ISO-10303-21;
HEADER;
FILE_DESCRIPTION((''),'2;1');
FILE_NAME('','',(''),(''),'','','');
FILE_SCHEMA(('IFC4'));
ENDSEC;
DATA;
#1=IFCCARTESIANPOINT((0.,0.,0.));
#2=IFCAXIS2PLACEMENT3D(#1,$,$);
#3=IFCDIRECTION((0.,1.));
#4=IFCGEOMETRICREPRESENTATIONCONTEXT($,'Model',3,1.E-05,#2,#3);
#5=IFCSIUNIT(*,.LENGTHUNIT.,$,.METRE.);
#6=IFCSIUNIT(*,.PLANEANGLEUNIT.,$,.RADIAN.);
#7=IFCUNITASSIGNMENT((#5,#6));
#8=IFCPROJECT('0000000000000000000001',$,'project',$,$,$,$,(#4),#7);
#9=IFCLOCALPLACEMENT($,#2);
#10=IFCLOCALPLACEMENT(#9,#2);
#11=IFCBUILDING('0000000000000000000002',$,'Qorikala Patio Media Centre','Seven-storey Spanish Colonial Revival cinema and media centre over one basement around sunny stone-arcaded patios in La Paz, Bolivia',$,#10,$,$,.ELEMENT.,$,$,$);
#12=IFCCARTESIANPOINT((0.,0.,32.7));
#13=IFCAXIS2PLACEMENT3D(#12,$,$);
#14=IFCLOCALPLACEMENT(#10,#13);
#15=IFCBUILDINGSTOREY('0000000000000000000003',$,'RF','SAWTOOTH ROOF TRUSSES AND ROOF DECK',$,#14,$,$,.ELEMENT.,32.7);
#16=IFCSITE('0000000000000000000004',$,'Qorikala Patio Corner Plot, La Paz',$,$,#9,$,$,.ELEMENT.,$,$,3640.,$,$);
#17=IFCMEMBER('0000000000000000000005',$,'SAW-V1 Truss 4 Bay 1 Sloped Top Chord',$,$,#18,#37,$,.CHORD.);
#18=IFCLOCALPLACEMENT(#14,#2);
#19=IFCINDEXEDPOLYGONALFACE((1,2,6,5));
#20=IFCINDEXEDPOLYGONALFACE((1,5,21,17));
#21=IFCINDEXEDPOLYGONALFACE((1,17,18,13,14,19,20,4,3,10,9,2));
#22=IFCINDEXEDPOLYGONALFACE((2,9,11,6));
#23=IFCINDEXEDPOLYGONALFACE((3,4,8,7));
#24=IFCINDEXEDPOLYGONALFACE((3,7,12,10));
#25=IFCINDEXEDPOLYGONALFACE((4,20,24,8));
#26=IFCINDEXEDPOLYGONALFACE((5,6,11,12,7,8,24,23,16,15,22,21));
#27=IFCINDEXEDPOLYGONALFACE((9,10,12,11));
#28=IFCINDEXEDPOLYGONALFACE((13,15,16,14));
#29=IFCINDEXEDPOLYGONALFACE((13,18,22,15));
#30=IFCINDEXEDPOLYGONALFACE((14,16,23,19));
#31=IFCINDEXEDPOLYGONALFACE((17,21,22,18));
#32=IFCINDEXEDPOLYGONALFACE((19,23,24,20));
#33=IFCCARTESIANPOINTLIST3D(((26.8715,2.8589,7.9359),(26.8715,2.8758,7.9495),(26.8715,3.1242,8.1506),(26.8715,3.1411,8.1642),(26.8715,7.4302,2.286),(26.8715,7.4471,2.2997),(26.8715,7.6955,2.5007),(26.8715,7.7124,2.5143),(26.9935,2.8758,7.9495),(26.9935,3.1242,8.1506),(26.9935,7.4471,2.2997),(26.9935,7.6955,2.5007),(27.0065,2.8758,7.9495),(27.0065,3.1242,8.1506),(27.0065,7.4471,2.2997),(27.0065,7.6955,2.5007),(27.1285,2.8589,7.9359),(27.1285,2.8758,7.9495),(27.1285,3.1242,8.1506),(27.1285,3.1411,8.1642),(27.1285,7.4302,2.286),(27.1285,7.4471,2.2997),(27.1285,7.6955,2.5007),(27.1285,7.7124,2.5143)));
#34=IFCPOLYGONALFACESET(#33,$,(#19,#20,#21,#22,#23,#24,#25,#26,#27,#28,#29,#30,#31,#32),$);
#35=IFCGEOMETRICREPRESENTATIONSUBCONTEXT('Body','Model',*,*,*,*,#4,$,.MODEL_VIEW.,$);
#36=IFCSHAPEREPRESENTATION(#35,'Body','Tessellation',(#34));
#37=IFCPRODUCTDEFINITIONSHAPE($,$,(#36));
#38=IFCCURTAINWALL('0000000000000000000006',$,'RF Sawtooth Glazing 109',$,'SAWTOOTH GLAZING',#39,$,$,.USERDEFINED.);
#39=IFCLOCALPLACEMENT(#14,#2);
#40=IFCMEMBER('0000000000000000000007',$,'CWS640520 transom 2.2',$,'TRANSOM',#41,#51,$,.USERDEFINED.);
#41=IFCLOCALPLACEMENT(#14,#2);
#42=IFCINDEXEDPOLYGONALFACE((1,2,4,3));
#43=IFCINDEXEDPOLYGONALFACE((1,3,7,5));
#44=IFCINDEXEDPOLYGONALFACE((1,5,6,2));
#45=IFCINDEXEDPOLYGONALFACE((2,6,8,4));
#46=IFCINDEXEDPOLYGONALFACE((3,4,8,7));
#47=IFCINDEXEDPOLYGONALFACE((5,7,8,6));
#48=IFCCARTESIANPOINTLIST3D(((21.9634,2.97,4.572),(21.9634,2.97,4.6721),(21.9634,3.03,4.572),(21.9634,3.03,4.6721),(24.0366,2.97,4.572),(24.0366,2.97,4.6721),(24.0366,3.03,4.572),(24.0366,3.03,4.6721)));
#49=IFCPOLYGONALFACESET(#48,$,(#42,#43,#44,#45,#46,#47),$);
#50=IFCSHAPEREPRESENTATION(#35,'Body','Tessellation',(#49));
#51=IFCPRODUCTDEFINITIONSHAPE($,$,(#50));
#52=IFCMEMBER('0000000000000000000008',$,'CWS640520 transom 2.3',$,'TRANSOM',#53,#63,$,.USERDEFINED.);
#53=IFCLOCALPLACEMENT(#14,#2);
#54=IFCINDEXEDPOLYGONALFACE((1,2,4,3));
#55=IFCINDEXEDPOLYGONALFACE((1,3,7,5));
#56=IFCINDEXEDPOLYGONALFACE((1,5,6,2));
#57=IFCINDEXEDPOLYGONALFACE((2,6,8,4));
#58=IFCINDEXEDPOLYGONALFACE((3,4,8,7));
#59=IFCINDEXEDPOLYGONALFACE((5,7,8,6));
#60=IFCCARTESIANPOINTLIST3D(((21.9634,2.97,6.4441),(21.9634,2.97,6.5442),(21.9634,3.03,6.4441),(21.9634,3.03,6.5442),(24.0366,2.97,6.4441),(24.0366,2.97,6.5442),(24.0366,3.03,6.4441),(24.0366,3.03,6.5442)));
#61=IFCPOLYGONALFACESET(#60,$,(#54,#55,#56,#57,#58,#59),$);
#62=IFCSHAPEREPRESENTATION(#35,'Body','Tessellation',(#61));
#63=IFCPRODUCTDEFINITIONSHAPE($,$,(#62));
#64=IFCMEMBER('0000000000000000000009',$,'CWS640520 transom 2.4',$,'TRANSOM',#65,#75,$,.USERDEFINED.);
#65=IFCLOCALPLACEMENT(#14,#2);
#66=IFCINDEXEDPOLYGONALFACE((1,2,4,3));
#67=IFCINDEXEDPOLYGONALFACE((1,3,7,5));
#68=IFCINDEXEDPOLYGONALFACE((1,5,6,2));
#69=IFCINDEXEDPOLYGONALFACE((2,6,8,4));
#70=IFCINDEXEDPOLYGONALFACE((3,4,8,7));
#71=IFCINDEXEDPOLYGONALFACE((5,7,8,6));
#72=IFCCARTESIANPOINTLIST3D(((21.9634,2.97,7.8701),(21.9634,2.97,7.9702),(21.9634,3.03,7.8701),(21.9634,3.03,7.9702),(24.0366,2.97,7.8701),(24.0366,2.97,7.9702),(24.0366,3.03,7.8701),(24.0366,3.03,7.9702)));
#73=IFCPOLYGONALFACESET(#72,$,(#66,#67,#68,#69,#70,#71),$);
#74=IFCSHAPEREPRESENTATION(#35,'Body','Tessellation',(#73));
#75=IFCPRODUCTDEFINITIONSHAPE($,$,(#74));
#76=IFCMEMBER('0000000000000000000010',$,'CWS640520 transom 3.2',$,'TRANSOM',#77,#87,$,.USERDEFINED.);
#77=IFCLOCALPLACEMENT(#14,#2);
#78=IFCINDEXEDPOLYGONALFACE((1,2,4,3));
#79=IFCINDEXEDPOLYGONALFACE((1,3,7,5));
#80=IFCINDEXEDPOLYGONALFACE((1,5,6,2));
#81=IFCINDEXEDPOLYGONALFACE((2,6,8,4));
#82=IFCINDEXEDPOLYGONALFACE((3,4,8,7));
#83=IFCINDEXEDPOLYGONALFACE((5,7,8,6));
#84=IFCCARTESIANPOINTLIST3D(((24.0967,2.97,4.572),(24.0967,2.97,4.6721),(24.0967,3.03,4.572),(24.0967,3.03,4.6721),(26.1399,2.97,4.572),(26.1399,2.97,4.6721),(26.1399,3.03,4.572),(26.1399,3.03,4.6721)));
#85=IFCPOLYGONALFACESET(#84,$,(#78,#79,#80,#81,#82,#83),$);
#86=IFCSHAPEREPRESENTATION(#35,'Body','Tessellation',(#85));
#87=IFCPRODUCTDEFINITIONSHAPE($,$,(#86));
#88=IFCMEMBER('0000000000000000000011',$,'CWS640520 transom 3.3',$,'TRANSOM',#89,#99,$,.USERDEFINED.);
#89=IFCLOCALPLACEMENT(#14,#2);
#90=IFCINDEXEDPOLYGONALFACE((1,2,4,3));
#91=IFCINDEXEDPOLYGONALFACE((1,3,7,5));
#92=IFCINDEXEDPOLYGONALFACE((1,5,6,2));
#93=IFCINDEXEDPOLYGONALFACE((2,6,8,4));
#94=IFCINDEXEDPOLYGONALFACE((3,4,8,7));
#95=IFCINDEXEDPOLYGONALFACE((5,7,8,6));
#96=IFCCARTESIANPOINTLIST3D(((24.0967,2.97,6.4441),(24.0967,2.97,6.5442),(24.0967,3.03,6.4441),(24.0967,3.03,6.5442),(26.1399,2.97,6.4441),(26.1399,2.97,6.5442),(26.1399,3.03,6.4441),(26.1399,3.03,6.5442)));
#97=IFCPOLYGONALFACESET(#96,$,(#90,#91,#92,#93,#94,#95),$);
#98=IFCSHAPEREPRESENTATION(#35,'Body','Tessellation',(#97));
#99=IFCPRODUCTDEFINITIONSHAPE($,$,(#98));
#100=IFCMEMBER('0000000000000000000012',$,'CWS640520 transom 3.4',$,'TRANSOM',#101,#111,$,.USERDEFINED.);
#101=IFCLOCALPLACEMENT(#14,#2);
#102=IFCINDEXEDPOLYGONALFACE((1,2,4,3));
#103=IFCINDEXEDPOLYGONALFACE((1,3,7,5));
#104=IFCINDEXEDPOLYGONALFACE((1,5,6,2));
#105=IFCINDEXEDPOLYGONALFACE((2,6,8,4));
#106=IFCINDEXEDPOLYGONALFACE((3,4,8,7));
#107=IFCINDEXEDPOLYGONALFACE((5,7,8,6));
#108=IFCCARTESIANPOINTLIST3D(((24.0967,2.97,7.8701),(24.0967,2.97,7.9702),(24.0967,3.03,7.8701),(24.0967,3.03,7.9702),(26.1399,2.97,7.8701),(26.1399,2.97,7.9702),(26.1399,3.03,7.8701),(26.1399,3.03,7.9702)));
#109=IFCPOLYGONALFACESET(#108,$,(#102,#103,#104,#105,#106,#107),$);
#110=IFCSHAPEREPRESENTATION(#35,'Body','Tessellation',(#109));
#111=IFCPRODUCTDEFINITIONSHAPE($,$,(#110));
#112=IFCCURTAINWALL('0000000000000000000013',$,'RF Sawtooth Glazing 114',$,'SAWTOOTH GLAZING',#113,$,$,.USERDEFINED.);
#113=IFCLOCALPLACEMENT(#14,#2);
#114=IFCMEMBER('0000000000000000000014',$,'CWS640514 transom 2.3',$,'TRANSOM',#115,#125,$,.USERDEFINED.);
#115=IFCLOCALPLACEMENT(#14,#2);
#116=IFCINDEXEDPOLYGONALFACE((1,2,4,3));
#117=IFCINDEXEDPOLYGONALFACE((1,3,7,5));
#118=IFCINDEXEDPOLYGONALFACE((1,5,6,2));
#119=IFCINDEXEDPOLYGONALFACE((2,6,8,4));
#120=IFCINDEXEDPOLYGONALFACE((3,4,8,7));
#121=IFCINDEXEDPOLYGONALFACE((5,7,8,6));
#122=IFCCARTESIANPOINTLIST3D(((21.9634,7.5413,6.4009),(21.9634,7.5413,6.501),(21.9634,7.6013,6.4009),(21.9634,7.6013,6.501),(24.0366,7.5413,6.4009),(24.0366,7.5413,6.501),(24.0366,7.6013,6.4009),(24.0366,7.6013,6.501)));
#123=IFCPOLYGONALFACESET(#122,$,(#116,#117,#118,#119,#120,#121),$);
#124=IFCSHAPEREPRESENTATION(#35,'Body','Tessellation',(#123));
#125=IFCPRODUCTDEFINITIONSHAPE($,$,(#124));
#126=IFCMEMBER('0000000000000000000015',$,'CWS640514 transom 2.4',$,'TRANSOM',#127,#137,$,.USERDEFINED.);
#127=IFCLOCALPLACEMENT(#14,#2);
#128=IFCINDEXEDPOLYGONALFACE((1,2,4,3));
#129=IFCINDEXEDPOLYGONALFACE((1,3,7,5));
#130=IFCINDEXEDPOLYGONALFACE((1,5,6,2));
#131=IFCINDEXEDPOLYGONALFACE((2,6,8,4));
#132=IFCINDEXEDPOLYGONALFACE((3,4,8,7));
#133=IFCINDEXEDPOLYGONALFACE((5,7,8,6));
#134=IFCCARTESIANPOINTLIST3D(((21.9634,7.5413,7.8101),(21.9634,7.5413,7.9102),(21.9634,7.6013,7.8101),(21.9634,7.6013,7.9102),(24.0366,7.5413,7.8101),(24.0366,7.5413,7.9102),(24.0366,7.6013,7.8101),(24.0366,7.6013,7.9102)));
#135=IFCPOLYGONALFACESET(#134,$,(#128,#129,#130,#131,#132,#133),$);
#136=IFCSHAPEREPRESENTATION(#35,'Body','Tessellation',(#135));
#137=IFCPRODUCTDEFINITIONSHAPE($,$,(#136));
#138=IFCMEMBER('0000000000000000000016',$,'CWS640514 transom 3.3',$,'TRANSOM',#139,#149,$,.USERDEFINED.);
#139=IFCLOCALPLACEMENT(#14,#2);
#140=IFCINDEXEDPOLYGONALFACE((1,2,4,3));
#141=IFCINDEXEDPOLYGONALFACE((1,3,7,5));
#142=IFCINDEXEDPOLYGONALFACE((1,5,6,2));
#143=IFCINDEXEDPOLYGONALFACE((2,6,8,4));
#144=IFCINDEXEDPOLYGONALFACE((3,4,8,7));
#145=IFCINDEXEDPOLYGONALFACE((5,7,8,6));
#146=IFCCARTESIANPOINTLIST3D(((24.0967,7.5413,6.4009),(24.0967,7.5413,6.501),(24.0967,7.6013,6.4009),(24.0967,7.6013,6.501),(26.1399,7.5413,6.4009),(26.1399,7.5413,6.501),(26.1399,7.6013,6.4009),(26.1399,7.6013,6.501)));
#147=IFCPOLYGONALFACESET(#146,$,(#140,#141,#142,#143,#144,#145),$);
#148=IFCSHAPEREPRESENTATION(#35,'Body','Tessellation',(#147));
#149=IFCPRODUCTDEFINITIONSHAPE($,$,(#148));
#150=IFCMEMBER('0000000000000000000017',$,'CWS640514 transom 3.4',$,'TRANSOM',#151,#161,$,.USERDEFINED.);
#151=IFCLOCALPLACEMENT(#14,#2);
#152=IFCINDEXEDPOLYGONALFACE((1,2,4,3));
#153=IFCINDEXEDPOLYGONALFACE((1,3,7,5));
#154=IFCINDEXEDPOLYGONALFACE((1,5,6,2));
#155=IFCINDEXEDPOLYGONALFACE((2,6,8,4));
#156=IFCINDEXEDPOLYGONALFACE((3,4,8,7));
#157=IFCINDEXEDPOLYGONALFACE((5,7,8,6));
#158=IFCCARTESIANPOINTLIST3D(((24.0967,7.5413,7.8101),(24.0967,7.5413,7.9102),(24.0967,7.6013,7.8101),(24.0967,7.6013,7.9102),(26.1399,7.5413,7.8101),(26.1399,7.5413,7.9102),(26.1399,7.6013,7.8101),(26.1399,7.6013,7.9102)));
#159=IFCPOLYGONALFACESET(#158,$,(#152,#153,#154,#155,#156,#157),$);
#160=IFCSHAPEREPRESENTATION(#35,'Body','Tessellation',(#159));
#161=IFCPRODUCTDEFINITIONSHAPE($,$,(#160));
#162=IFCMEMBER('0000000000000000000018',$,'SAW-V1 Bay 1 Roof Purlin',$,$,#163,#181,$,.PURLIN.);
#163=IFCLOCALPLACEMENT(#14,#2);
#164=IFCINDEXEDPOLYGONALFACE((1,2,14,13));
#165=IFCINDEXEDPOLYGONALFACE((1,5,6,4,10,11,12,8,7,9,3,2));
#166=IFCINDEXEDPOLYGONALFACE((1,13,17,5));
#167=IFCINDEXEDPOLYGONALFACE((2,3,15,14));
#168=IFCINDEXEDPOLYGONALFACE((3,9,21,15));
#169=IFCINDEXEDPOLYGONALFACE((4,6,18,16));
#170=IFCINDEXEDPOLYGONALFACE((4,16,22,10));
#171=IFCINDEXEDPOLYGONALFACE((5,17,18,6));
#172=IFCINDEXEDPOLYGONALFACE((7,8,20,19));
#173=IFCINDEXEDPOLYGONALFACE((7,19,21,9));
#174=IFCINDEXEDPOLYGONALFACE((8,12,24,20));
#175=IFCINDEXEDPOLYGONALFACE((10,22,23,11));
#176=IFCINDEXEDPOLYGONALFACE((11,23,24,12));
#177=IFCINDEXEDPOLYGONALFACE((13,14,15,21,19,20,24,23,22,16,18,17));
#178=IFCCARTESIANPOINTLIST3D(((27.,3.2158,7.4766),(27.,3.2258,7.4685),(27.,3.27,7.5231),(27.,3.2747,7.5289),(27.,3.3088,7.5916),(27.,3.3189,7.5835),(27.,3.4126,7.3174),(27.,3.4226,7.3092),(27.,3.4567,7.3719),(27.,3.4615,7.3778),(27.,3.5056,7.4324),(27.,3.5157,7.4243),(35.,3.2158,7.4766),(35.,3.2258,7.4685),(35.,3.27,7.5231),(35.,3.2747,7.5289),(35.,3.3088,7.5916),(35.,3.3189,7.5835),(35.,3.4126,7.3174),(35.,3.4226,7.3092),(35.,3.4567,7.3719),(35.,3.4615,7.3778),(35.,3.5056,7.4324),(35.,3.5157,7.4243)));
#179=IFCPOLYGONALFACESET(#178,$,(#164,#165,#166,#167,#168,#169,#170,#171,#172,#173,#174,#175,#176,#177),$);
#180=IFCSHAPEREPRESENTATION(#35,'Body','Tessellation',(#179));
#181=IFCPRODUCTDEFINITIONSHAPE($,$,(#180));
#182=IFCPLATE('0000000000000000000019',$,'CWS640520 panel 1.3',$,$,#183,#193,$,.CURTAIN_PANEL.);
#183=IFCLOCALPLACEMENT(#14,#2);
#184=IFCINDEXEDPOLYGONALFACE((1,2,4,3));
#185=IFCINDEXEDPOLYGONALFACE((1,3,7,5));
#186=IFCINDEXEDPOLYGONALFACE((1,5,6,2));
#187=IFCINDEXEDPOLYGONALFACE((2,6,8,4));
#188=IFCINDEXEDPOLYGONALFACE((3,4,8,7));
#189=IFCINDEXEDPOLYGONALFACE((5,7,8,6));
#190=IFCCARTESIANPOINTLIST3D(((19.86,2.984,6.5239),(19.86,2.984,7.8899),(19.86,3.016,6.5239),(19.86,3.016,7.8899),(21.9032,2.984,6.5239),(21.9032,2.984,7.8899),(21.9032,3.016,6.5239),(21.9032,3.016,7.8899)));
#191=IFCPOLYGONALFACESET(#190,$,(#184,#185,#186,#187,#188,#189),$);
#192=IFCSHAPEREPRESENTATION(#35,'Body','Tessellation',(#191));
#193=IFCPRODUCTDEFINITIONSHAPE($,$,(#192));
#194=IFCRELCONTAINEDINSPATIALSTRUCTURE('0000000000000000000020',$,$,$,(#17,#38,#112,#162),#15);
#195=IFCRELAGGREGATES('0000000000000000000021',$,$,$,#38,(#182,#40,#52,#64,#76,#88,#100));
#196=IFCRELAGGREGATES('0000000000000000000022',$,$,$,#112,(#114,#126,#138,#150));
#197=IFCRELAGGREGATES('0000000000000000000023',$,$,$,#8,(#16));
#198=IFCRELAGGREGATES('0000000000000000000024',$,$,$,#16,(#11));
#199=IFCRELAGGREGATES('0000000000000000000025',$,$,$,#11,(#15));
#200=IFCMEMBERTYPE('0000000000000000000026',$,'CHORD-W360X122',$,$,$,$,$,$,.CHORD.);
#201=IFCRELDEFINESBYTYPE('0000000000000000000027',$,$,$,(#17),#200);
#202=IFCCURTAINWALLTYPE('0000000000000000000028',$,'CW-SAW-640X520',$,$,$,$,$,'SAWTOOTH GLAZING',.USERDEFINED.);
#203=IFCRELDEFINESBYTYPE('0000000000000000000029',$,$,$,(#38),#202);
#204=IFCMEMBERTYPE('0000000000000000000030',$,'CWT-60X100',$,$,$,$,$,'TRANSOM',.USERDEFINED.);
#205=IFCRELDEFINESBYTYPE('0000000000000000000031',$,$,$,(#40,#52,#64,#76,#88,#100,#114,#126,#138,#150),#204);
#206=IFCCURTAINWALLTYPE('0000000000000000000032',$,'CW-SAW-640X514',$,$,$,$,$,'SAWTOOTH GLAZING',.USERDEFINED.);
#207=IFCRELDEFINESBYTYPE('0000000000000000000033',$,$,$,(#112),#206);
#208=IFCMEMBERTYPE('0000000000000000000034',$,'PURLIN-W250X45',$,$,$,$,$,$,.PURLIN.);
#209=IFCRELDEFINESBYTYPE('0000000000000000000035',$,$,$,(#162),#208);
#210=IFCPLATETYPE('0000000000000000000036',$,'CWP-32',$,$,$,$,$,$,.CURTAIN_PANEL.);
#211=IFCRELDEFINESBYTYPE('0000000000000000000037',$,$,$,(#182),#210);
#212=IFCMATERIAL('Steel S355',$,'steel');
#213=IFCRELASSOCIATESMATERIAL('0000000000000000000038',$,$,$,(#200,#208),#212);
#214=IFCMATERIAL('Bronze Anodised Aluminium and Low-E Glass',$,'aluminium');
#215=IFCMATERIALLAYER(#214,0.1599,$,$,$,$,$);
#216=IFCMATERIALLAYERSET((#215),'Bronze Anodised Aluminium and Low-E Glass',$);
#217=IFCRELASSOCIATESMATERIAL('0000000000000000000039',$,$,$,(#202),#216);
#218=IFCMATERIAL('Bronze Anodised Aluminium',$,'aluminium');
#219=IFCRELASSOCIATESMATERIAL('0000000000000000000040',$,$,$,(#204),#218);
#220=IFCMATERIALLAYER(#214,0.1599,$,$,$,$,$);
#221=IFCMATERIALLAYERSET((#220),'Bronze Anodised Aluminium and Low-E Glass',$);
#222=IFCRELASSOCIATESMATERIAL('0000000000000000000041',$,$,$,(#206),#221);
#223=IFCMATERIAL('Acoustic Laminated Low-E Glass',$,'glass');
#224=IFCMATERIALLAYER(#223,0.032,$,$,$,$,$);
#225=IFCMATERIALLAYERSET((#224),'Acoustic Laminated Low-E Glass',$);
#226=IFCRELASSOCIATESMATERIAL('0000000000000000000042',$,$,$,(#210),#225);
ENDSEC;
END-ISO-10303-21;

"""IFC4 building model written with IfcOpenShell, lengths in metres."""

from ifc_helpers import new_model, si_unit, direction, frame, origin, origin_2d, place, context, subcontext, project, spatial, rectangle, i_section, extrude, material, layer, layer_set, material_profile, profile_set, type_object, element, aggregate, save


model = new_model("IFC4")

# Units and contexts
model_context = context("Model", 3, precision=1e-05, world=origin(), true_north=direction((0.0, 1.0)))
body_context = subcontext(model_context, "Body", "Model", "MODEL_VIEW")
ifc_project = project(units=[si_unit("LENGTHUNIT", "METRE"), si_unit("PLANEANGLEUNIT", "RADIAN")], contexts=[model_context])

# Site, building, storey
site_placement = place(None, origin())
site = spatial("IfcSite", under=ifc_project, at=site_placement, Name="Qorikala Patio Corner Plot, La Paz", CompositionType="ELEMENT", RefElevation=3640.0)
building_placement = place(site_placement, origin())
building = spatial("IfcBuilding", under=site, at=building_placement, Name="Qorikala Patio Media Centre", Description="Seven-storey Spanish Colonial Revival cinema and media centre over one basement around sunny stone-arcaded patios in La Paz, Bolivia", CompositionType="ELEMENT")
storey_placement = place(building_placement, frame((0.0, 0.0, 32.7)))
storey = spatial("IfcBuildingStorey", under=building, at=storey_placement, Name="RF", Description="SAWTOOTH ROOF TRUSSES AND ROOF DECK", CompositionType="ELEMENT", Elevation=32.7)

# Member
ifc_material_1 = material(Name="Steel S355", Category="steel")
ifc_material_profile_1 = material_profile(ifc_material_1, i_section(OverallWidth=0.2571, OverallDepth=0.363, WebThickness=0.0129, FlangeThickness=0.0217, at=origin_2d()), Name="W360X122")
ifc_profile_set_1 = profile_set([ifc_material_profile_1], Name="Steel S355")
member_type_1 = type_object("IfcMemberType", Name="CHORD-W360X122", PredefinedType="CHORD", material=ifc_profile_set_1)
member_1_placement = place(storey_placement, frame((27.0, 3.0, 8.05), z_axis=(0.0, 0.628995, -0.777409), x_axis=(-1.0, 0.0, 0.0)))
element("IfcMember", 1, at=member_1_placement, inside=storey, type_object=member_type_1, Name="SAW-V1 Truss 4 Bay 1 Sloped Top Chord", PredefinedType="CHORD", context=body_context, shape_type="SweptSolid", body=[
    extrude(i_section(OverallWidth=0.2571, OverallDepth=0.363, WebThickness=0.0129, FlangeThickness=0.0217, at=origin_2d()), origin(), (0.0, 0.0, 1.0), 7.2676),
])

# Curtain walls, members
ifc_material_2 = material(Name="Bronze Anodised Aluminium and Low-E Glass", Category="aluminium")
ifc_layer_1 = layer(ifc_material_2, 0.1599)
ifc_layer_set_1 = layer_set([ifc_layer_1], Name="Bronze Anodised Aluminium and Low-E Glass")
curtain_wall_type_1 = type_object("IfcCurtainWallType", Name="CW-SAW-640X520", ElementType="SAWTOOTH GLAZING", PredefinedType="USERDEFINED", material=ifc_layer_set_1)
curtain_wall_1_placement = place(storey_placement, origin())
curtain_wall_1 = element("IfcCurtainWall", 2, at=curtain_wall_1_placement, inside=storey, type_object=curtain_wall_type_1, Name="RF Sawtooth Glazing 109", ObjectType="SAWTOOTH GLAZING", PredefinedType="USERDEFINED")
ifc_material_3 = material(Name="Bronze Anodised Aluminium", Category="aluminium")
ifc_material_profile_2 = material_profile(ifc_material_3, rectangle(XDim=0.0601, YDim=0.1001, at=origin_2d()), Name="ALU TRANSOM 60x100")
ifc_profile_set_2 = profile_set([ifc_material_profile_2], Name="Bronze Anodised Aluminium")
member_type_2 = type_object("IfcMemberType", Name="CWT-60X100", ElementType="TRANSOM", PredefinedType="USERDEFINED", material=ifc_profile_set_2)
member_2_placement = place(storey_placement, frame((21.9634, 3.0, 4.6221), z_axis=(1.0, 0.0, 0.0), x_axis=(0.0, 1.0, 0.0)))
member_2 = element("IfcMember", 3, at=member_2_placement, type_object=member_type_2, Name="CWS640520 transom 2.2", ObjectType="TRANSOM", PredefinedType="USERDEFINED", context=body_context, shape_type="SweptSolid", body=[
    extrude(rectangle(XDim=0.0601, YDim=0.1001, at=origin_2d()), origin(), (0.0, 0.0, 1.0), 2.0732),
])
member_3_placement = place(storey_placement, frame((21.9634, 3.0, 6.4941), z_axis=(1.0, 0.0, 0.0), x_axis=(0.0, 1.0, 0.0)))
member_3 = element("IfcMember", 4, at=member_3_placement, type_object=member_type_2, Name="CWS640520 transom 2.3", ObjectType="TRANSOM", PredefinedType="USERDEFINED", context=body_context, shape_type="SweptSolid", body=[
    extrude(rectangle(XDim=0.0601, YDim=0.1001, at=origin_2d()), origin(), (0.0, 0.0, 1.0), 2.0732),
])
member_4_placement = place(storey_placement, frame((21.9634, 3.0, 7.9202), z_axis=(1.0, 0.0, 0.0), x_axis=(0.0, 1.0, 0.0)))
member_4 = element("IfcMember", 5, at=member_4_placement, type_object=member_type_2, Name="CWS640520 transom 2.4", ObjectType="TRANSOM", PredefinedType="USERDEFINED", context=body_context, shape_type="SweptSolid", body=[
    extrude(rectangle(XDim=0.0601, YDim=0.1001, at=origin_2d()), origin(), (0.0, 0.0, 1.0), 2.0732),
])
member_5_placement = place(storey_placement, frame((24.0967, 3.0, 4.6221), z_axis=(1.0, 0.0, 0.0), x_axis=(0.0, 1.0, 0.0)))
member_5 = element("IfcMember", 6, at=member_5_placement, type_object=member_type_2, Name="CWS640520 transom 3.2", ObjectType="TRANSOM", PredefinedType="USERDEFINED", context=body_context, shape_type="SweptSolid", body=[
    extrude(rectangle(XDim=0.0601, YDim=0.1001, at=origin_2d()), origin(), (0.0, 0.0, 1.0), 2.0432),
])
member_6_placement = place(storey_placement, frame((24.0967, 3.0, 6.4941), z_axis=(1.0, 0.0, 0.0), x_axis=(0.0, 1.0, 0.0)))
member_6 = element("IfcMember", 7, at=member_6_placement, type_object=member_type_2, Name="CWS640520 transom 3.3", ObjectType="TRANSOM", PredefinedType="USERDEFINED", context=body_context, shape_type="SweptSolid", body=[
    extrude(rectangle(XDim=0.0601, YDim=0.1001, at=origin_2d()), origin(), (0.0, 0.0, 1.0), 2.0432),
])
member_7_placement = place(storey_placement, frame((24.0967, 3.0, 7.9202), z_axis=(1.0, 0.0, 0.0), x_axis=(0.0, 1.0, 0.0)))
member_7 = element("IfcMember", 8, at=member_7_placement, type_object=member_type_2, Name="CWS640520 transom 3.4", ObjectType="TRANSOM", PredefinedType="USERDEFINED", context=body_context, shape_type="SweptSolid", body=[
    extrude(rectangle(XDim=0.0601, YDim=0.1001, at=origin_2d()), origin(), (0.0, 0.0, 1.0), 2.0432),
])
ifc_layer_2 = layer(ifc_material_2, 0.1599)
ifc_layer_set_2 = layer_set([ifc_layer_2], Name="Bronze Anodised Aluminium and Low-E Glass")
curtain_wall_type_2 = type_object("IfcCurtainWallType", Name="CW-SAW-640X514", ElementType="SAWTOOTH GLAZING", PredefinedType="USERDEFINED", material=ifc_layer_set_2)
curtain_wall_2_placement = place(storey_placement, origin())
curtain_wall_2 = element("IfcCurtainWall", 9, at=curtain_wall_2_placement, inside=storey, type_object=curtain_wall_type_2, Name="RF Sawtooth Glazing 114", ObjectType="SAWTOOTH GLAZING", PredefinedType="USERDEFINED")
member_8_placement = place(storey_placement, frame((21.9634, 7.5713, 6.4509), z_axis=(1.0, 0.0, 0.0), x_axis=(0.0, 1.0, 0.0)))
member_8 = element("IfcMember", 10, at=member_8_placement, type_object=member_type_2, Name="CWS640514 transom 2.3", ObjectType="TRANSOM", PredefinedType="USERDEFINED", context=body_context, shape_type="SweptSolid", body=[
    extrude(rectangle(XDim=0.0601, YDim=0.1001, at=origin_2d()), origin(), (0.0, 0.0, 1.0), 2.0732),
])
member_9_placement = place(storey_placement, frame((21.9634, 7.5713, 7.8601), z_axis=(1.0, 0.0, 0.0), x_axis=(0.0, 1.0, 0.0)))
member_9 = element("IfcMember", 11, at=member_9_placement, type_object=member_type_2, Name="CWS640514 transom 2.4", ObjectType="TRANSOM", PredefinedType="USERDEFINED", context=body_context, shape_type="SweptSolid", body=[
    extrude(rectangle(XDim=0.0601, YDim=0.1001, at=origin_2d()), origin(), (0.0, 0.0, 1.0), 2.0732),
])
member_10_placement = place(storey_placement, frame((24.0967, 7.5713, 6.4509), z_axis=(1.0, 0.0, 0.0), x_axis=(0.0, 1.0, 0.0)))
member_10 = element("IfcMember", 12, at=member_10_placement, type_object=member_type_2, Name="CWS640514 transom 3.3", ObjectType="TRANSOM", PredefinedType="USERDEFINED", context=body_context, shape_type="SweptSolid", body=[
    extrude(rectangle(XDim=0.0601, YDim=0.1001, at=origin_2d()), origin(), (0.0, 0.0, 1.0), 2.0432),
])
member_11_placement = place(storey_placement, frame((24.0967, 7.5713, 7.8601), z_axis=(1.0, 0.0, 0.0), x_axis=(0.0, 1.0, 0.0)))
member_11 = element("IfcMember", 13, at=member_11_placement, type_object=member_type_2, Name="CWS640514 transom 3.4", ObjectType="TRANSOM", PredefinedType="USERDEFINED", context=body_context, shape_type="SweptSolid", body=[
    extrude(rectangle(XDim=0.0601, YDim=0.1001, at=origin_2d()), origin(), (0.0, 0.0, 1.0), 2.0432),
])

# Member
ifc_material_profile_3 = material_profile(ifc_material_1, i_section(OverallWidth=0.1479, OverallDepth=0.2661, WebThickness=0.0076, FlangeThickness=0.0129, at=origin_2d()), Name="W250X45")
ifc_profile_set_3 = profile_set([ifc_material_profile_3], Name="Steel S355")
member_type_3 = type_object("IfcMemberType", Name="PURLIN-W250X45", PredefinedType="PURLIN", material=ifc_profile_set_3)
member_12_placement = place(storey_placement, frame((27.0, 3.3657, 7.4504), z_axis=(1.0, 0.0, 0.0), x_axis=(0.0, 0.628995, 0.77741)))
element("IfcMember", 14, at=member_12_placement, inside=storey, type_object=member_type_3, Name="SAW-V1 Bay 1 Roof Purlin", PredefinedType="PURLIN", context=body_context, shape_type="SweptSolid", body=[
    extrude(i_section(OverallWidth=0.1479, OverallDepth=0.2661, WebThickness=0.0076, FlangeThickness=0.0129, at=origin_2d()), origin(), (0.0, 0.0, 1.0), 8.0),
])

# Plate
ifc_material_4 = material(Name="Acoustic Laminated Low-E Glass", Category="glass")
ifc_layer_3 = layer(ifc_material_4, 0.032)
ifc_layer_set_3 = layer_set([ifc_layer_3], Name="Acoustic Laminated Low-E Glass")
plate_type_1 = type_object("IfcPlateType", Name="CWP-32", PredefinedType="CURTAIN_PANEL", material=ifc_layer_set_3)
plate_1_placement = place(storey_placement, frame((20.8816, 3.0, 6.5239), z_axis=(0.0, 0.0, 1.0), x_axis=(1.0, 0.0, 0.0)))
plate_1 = element("IfcPlate", 15, at=plate_1_placement, type_object=plate_type_1, Name="CWS640520 panel 1.3", PredefinedType="CURTAIN_PANEL", context=body_context, shape_type="SweptSolid", body=[
    extrude(rectangle(XDim=2.0432, YDim=0.032, at=origin_2d()), origin(), (0.0, 0.0, 1.0), 1.366),
])
aggregate(curtain_wall_1, [plate_1, member_2, member_3, member_4, member_5, member_6, member_7])
aggregate(curtain_wall_2, [member_8, member_9, member_10, member_11])

save(model, "model.ifc")
